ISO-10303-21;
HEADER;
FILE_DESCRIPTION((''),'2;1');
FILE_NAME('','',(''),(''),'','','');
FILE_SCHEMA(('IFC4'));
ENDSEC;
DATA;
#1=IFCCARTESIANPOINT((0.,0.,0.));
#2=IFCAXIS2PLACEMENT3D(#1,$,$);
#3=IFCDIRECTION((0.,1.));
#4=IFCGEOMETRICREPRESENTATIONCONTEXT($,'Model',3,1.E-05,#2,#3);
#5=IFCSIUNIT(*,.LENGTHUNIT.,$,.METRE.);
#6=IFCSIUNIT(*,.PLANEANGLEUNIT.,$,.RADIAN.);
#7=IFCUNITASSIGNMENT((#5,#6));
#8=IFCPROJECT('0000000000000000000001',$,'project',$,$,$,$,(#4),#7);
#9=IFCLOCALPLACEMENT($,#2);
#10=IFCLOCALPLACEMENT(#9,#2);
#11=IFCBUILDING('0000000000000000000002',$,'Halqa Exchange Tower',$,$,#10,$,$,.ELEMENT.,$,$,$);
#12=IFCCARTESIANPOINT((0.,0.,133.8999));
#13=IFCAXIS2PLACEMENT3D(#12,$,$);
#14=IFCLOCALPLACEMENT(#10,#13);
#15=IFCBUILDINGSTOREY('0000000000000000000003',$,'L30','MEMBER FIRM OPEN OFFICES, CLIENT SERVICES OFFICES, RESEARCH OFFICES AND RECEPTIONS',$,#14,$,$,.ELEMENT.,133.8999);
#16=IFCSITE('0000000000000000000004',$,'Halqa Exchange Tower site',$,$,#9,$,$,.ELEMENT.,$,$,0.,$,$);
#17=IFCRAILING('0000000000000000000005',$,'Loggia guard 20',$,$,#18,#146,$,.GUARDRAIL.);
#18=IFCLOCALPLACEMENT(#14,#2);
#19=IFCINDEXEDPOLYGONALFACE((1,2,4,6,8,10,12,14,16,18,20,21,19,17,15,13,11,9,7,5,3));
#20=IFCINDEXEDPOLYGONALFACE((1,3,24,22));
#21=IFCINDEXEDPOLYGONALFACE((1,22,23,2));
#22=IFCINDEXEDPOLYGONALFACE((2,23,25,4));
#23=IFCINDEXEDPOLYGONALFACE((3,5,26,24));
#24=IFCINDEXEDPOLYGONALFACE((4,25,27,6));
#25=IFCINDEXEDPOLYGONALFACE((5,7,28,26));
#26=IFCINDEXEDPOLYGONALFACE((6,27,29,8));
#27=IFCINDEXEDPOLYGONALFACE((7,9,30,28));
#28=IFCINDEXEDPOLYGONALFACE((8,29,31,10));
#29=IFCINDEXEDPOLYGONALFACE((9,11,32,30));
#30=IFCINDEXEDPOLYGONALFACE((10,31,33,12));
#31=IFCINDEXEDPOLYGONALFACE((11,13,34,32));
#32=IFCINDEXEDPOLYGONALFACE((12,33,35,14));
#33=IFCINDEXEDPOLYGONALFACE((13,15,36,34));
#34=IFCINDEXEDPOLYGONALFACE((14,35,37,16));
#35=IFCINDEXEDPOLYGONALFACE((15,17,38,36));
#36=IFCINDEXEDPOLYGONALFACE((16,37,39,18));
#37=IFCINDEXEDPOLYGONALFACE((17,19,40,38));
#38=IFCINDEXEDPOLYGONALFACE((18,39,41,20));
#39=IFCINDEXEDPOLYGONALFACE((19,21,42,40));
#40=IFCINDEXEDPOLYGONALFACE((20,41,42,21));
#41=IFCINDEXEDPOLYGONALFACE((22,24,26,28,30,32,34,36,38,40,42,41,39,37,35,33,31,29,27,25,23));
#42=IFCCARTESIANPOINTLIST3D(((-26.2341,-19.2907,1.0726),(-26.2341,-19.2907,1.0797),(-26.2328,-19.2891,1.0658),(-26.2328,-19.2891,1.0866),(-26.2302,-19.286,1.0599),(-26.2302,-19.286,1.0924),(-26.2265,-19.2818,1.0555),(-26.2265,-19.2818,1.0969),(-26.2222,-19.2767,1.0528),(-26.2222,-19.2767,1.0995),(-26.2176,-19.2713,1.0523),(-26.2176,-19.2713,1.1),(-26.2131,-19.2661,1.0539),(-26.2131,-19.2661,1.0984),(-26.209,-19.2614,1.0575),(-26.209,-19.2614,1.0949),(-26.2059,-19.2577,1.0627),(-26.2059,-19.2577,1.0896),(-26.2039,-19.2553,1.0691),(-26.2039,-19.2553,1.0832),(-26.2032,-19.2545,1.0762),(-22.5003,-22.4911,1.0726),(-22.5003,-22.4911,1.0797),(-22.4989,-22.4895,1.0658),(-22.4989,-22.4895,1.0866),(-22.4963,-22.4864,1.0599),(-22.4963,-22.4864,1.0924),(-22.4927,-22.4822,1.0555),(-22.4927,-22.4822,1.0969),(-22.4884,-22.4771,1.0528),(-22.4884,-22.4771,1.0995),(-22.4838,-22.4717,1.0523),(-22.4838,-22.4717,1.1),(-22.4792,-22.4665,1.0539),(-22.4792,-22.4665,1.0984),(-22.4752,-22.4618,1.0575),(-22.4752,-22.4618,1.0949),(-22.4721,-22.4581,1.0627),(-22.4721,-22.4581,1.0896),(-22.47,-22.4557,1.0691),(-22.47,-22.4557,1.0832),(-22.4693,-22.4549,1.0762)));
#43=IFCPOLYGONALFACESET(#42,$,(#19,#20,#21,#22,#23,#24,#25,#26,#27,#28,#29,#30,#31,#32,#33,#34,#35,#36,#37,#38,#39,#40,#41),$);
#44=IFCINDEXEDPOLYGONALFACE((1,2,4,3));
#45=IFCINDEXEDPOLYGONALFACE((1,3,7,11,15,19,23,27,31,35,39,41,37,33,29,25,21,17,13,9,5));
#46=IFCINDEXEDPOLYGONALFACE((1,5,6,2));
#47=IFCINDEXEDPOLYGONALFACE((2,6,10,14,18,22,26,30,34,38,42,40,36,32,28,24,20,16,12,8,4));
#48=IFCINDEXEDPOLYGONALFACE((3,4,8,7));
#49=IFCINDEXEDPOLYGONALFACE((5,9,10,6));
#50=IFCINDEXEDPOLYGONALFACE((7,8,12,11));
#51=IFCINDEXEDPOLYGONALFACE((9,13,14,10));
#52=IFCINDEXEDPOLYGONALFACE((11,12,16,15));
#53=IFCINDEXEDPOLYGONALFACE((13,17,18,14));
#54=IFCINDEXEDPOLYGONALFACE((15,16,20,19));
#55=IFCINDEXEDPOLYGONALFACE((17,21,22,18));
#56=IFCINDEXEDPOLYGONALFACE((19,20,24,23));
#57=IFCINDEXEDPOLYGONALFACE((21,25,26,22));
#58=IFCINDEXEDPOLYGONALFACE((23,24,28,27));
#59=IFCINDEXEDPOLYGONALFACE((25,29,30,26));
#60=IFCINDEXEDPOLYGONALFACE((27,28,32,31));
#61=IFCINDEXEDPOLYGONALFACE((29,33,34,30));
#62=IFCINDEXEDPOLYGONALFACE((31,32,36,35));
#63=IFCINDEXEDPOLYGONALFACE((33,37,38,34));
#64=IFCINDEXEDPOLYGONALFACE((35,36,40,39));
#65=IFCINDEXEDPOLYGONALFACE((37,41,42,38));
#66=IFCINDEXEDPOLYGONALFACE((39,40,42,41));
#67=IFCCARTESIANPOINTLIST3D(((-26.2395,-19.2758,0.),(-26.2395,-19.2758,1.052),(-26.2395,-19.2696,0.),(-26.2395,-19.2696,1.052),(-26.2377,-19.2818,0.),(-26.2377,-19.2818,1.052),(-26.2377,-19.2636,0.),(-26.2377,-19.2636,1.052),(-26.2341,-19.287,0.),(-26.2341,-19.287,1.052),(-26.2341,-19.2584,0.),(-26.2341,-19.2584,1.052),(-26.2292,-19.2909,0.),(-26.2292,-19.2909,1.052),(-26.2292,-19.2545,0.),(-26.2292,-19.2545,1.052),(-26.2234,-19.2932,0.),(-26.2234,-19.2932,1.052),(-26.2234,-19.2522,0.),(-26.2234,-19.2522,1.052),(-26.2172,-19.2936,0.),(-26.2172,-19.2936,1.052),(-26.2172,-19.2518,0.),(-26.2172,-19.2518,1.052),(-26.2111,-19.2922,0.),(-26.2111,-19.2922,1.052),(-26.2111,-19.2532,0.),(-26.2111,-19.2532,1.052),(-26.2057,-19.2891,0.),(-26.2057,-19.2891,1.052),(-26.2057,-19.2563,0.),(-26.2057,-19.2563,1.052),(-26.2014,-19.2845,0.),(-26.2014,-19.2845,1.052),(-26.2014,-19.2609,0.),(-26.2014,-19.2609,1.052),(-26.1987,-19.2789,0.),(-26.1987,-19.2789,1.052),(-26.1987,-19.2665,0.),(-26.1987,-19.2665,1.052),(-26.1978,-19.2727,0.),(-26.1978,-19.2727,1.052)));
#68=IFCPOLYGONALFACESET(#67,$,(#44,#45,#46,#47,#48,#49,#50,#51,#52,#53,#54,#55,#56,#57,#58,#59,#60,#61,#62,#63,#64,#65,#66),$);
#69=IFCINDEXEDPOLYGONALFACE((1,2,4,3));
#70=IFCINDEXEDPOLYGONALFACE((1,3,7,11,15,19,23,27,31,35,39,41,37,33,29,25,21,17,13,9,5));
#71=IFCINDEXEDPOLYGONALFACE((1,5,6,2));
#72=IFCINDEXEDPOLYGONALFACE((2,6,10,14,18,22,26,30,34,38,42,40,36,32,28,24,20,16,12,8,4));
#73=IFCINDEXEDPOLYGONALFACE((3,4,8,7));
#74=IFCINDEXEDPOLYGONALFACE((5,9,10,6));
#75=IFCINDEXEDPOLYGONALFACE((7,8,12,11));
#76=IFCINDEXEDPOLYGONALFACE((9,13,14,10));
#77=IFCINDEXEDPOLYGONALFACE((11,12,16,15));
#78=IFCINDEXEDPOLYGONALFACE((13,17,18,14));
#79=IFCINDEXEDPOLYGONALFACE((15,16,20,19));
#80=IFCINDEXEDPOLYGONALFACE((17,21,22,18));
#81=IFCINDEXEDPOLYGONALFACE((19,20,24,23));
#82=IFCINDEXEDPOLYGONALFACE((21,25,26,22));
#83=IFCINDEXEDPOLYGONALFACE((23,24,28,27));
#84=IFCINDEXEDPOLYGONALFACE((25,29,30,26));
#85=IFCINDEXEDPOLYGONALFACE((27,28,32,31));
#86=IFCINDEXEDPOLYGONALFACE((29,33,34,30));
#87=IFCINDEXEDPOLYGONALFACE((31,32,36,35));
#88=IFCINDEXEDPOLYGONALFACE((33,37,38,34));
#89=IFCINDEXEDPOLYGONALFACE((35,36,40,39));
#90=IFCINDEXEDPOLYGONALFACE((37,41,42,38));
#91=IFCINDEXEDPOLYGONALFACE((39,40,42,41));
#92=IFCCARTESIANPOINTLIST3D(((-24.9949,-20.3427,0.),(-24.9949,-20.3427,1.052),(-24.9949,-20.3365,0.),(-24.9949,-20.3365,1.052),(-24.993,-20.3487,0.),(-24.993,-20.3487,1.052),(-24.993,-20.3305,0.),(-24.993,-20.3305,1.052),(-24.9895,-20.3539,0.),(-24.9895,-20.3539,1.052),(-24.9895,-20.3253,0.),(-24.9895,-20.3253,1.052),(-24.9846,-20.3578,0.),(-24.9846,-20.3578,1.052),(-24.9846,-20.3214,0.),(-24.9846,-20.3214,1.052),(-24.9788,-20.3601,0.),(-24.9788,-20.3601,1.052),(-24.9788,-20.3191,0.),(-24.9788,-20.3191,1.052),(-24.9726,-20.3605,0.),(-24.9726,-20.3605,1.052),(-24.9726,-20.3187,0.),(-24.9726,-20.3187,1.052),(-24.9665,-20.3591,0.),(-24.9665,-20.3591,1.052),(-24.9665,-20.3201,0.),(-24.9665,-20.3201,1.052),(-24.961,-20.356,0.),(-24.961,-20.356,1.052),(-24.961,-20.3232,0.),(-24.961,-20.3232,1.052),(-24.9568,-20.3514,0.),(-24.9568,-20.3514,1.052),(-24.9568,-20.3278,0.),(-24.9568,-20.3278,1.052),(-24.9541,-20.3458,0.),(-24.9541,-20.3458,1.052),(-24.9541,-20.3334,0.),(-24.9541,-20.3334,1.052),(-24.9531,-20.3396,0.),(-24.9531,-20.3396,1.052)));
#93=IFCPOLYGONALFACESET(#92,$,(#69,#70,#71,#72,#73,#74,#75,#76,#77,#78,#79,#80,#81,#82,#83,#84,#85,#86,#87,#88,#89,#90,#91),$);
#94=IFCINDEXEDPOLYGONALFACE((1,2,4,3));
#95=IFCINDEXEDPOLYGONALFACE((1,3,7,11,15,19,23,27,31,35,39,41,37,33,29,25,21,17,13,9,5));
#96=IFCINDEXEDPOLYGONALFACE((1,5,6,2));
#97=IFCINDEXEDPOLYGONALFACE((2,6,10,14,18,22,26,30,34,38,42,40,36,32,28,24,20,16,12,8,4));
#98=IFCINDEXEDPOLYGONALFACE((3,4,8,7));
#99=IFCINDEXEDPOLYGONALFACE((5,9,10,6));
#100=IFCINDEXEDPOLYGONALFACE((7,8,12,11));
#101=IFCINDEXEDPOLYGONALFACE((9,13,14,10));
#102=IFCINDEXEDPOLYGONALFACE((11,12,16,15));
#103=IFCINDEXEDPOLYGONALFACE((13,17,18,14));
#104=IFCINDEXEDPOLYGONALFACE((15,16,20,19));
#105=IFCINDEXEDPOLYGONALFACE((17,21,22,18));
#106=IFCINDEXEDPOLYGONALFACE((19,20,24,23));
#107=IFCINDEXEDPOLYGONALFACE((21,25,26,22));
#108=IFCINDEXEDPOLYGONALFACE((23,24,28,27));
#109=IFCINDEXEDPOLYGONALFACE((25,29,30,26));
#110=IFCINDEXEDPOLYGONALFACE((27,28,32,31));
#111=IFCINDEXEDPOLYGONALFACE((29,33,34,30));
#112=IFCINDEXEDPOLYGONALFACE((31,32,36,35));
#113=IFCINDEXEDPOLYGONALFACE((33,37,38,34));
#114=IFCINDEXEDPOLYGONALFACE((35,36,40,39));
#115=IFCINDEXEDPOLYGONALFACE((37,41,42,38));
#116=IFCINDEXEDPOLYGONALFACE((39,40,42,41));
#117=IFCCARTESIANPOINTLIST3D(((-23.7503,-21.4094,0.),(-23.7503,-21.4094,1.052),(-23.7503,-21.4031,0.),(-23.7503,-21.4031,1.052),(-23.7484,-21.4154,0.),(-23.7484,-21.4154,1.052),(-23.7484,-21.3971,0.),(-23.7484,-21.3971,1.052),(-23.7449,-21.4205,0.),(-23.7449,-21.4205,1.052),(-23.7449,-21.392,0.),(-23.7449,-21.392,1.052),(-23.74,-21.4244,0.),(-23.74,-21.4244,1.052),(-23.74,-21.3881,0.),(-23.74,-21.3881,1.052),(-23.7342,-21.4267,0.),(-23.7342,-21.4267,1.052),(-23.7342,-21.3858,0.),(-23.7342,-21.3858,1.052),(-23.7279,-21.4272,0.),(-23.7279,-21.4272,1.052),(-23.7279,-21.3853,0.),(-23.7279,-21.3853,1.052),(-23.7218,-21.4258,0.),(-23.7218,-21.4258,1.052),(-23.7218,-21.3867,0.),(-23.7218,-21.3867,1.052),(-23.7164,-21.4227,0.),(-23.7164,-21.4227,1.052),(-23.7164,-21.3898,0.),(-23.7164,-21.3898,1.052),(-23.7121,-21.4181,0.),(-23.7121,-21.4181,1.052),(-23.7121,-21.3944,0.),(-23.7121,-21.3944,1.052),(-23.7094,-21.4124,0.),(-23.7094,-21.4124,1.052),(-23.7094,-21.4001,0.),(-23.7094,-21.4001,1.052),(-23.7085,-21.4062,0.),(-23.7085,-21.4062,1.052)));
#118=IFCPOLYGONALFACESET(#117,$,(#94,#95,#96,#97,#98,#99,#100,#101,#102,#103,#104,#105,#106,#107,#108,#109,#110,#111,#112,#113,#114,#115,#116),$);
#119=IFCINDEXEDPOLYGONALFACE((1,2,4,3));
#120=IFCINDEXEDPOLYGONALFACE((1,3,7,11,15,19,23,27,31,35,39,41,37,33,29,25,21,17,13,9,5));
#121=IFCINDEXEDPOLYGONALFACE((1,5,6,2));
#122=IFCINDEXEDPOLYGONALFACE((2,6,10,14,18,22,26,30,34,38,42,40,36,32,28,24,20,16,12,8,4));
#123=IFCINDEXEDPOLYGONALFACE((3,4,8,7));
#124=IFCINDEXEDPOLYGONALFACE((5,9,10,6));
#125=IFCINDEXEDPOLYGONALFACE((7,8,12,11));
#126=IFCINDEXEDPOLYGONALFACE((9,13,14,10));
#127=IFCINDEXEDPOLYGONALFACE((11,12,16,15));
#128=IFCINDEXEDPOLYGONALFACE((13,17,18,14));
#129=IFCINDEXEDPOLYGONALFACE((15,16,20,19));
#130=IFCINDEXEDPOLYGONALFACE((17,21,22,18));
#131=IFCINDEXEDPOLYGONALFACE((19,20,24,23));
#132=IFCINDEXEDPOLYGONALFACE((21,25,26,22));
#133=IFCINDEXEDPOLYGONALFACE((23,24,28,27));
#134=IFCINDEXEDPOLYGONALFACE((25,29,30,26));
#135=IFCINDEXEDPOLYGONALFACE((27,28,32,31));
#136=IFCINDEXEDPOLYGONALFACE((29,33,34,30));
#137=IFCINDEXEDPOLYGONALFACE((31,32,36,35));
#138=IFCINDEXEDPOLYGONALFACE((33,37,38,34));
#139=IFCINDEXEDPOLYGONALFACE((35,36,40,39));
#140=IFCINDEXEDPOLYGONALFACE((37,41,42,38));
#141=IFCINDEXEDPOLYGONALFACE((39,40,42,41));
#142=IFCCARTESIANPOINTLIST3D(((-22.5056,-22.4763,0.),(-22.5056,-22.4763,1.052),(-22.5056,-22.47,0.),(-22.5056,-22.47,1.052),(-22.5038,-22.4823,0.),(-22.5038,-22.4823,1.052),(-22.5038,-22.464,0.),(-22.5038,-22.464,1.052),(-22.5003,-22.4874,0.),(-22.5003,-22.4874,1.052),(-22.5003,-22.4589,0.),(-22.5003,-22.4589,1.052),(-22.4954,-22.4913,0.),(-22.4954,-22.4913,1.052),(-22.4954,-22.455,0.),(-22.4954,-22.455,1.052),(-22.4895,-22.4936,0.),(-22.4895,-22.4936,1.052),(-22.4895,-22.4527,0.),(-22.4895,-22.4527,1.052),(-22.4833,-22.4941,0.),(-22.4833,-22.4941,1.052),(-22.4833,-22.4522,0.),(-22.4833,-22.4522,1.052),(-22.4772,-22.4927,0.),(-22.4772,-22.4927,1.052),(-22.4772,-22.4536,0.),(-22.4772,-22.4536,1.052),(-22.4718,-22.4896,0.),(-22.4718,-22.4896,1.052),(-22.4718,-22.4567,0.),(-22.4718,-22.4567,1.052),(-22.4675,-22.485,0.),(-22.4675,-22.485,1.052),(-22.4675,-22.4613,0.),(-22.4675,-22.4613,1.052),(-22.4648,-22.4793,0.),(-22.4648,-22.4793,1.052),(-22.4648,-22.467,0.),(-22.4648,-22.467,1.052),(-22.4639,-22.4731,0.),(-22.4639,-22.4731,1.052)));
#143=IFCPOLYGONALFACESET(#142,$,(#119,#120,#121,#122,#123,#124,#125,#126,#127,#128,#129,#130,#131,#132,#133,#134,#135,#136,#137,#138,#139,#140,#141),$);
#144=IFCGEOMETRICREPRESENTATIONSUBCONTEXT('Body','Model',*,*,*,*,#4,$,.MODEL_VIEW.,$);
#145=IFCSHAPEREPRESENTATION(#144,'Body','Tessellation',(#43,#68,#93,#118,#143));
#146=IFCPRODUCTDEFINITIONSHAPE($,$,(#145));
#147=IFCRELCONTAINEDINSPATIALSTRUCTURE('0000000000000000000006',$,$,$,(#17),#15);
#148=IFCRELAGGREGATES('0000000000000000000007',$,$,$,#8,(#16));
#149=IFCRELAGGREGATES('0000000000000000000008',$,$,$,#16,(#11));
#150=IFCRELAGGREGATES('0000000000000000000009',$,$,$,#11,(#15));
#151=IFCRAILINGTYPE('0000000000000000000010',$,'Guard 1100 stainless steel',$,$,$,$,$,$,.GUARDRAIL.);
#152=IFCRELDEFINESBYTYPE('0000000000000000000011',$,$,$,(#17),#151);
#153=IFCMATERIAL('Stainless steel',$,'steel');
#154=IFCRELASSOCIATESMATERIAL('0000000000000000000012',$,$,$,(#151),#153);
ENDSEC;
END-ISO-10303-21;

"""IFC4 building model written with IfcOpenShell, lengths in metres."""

from ifc_helpers import new_model, si_unit, direction, frame, origin, origin_2d, place, context, subcontext, project, spatial, circle, extrude, material, type_object, element, save


model = new_model("IFC4")

# Units and contexts
model_context = context("Model", 3, precision=1e-05, world=origin(), true_north=direction((0.0, 1.0)))
body_context = subcontext(model_context, "Body", "Model", "MODEL_VIEW")
ifc_project = project(units=[si_unit("LENGTHUNIT", "METRE"), si_unit("PLANEANGLEUNIT", "RADIAN")], contexts=[model_context])

# Site, building, storey
site_placement = place(None, origin())
site = spatial("IfcSite", under=ifc_project, at=site_placement, Name="Halqa Exchange Tower site", CompositionType="ELEMENT", RefElevation=0.0)
building_placement = place(site_placement, origin())
building = spatial("IfcBuilding", under=site, at=building_placement, Name="Halqa Exchange Tower", CompositionType="ELEMENT")
storey_placement = place(building_placement, frame((0.0, 0.0, 133.8999)))
storey = spatial("IfcBuildingStorey", under=building, at=storey_placement, Name="L30", Description="MEMBER FIRM OPEN OFFICES, CLIENT SERVICES OFFICES, RESEARCH OFFICES AND RECEPTIONS", CompositionType="ELEMENT", Elevation=133.8999)

# Railing
ifc_material_1 = material(Name="Stainless steel", Category="steel")
railing_type = type_object("IfcRailingType", Name="Guard 1100 stainless steel", PredefinedType="GUARDRAIL", material=ifc_material_1)
railing_1_placement = place(storey_placement, frame((-26.2188, -19.2727, 0.0)))
element("IfcRailing", 1, at=railing_1_placement, inside=storey, type_object=railing_type, Name="Loggia guard 20", PredefinedType="GUARDRAIL", context=body_context, shape_type="SweptSolid", body=[
    extrude(circle(Radius=0.0239, at=origin_2d()), frame((0.0, 0.0, 1.0762), z_axis=(0.75926, -0.650787, 0.0), x_axis=(0.650787, 0.75926, 0.0)), (0.0, 0.0, 1.0), 4.9177),
    extrude(circle(Radius=0.021, at=origin_2d()), origin(), (0.0, 0.0, 1.0), 1.052),
    extrude(circle(Radius=0.021, at=origin_2d()), frame((1.2446, -1.0669, 0.0)), (0.0, 0.0, 1.0), 1.052),
    extrude(circle(Radius=0.021, at=origin_2d()), frame((2.4893, -2.1335, 0.0)), (0.0, 0.0, 1.0), 1.052),
    extrude(circle(Radius=0.021, at=origin_2d()), frame((3.7339, -3.2004, 0.0)), (0.0, 0.0, 1.0), 1.052),
])

save(model, "model.ifc")
